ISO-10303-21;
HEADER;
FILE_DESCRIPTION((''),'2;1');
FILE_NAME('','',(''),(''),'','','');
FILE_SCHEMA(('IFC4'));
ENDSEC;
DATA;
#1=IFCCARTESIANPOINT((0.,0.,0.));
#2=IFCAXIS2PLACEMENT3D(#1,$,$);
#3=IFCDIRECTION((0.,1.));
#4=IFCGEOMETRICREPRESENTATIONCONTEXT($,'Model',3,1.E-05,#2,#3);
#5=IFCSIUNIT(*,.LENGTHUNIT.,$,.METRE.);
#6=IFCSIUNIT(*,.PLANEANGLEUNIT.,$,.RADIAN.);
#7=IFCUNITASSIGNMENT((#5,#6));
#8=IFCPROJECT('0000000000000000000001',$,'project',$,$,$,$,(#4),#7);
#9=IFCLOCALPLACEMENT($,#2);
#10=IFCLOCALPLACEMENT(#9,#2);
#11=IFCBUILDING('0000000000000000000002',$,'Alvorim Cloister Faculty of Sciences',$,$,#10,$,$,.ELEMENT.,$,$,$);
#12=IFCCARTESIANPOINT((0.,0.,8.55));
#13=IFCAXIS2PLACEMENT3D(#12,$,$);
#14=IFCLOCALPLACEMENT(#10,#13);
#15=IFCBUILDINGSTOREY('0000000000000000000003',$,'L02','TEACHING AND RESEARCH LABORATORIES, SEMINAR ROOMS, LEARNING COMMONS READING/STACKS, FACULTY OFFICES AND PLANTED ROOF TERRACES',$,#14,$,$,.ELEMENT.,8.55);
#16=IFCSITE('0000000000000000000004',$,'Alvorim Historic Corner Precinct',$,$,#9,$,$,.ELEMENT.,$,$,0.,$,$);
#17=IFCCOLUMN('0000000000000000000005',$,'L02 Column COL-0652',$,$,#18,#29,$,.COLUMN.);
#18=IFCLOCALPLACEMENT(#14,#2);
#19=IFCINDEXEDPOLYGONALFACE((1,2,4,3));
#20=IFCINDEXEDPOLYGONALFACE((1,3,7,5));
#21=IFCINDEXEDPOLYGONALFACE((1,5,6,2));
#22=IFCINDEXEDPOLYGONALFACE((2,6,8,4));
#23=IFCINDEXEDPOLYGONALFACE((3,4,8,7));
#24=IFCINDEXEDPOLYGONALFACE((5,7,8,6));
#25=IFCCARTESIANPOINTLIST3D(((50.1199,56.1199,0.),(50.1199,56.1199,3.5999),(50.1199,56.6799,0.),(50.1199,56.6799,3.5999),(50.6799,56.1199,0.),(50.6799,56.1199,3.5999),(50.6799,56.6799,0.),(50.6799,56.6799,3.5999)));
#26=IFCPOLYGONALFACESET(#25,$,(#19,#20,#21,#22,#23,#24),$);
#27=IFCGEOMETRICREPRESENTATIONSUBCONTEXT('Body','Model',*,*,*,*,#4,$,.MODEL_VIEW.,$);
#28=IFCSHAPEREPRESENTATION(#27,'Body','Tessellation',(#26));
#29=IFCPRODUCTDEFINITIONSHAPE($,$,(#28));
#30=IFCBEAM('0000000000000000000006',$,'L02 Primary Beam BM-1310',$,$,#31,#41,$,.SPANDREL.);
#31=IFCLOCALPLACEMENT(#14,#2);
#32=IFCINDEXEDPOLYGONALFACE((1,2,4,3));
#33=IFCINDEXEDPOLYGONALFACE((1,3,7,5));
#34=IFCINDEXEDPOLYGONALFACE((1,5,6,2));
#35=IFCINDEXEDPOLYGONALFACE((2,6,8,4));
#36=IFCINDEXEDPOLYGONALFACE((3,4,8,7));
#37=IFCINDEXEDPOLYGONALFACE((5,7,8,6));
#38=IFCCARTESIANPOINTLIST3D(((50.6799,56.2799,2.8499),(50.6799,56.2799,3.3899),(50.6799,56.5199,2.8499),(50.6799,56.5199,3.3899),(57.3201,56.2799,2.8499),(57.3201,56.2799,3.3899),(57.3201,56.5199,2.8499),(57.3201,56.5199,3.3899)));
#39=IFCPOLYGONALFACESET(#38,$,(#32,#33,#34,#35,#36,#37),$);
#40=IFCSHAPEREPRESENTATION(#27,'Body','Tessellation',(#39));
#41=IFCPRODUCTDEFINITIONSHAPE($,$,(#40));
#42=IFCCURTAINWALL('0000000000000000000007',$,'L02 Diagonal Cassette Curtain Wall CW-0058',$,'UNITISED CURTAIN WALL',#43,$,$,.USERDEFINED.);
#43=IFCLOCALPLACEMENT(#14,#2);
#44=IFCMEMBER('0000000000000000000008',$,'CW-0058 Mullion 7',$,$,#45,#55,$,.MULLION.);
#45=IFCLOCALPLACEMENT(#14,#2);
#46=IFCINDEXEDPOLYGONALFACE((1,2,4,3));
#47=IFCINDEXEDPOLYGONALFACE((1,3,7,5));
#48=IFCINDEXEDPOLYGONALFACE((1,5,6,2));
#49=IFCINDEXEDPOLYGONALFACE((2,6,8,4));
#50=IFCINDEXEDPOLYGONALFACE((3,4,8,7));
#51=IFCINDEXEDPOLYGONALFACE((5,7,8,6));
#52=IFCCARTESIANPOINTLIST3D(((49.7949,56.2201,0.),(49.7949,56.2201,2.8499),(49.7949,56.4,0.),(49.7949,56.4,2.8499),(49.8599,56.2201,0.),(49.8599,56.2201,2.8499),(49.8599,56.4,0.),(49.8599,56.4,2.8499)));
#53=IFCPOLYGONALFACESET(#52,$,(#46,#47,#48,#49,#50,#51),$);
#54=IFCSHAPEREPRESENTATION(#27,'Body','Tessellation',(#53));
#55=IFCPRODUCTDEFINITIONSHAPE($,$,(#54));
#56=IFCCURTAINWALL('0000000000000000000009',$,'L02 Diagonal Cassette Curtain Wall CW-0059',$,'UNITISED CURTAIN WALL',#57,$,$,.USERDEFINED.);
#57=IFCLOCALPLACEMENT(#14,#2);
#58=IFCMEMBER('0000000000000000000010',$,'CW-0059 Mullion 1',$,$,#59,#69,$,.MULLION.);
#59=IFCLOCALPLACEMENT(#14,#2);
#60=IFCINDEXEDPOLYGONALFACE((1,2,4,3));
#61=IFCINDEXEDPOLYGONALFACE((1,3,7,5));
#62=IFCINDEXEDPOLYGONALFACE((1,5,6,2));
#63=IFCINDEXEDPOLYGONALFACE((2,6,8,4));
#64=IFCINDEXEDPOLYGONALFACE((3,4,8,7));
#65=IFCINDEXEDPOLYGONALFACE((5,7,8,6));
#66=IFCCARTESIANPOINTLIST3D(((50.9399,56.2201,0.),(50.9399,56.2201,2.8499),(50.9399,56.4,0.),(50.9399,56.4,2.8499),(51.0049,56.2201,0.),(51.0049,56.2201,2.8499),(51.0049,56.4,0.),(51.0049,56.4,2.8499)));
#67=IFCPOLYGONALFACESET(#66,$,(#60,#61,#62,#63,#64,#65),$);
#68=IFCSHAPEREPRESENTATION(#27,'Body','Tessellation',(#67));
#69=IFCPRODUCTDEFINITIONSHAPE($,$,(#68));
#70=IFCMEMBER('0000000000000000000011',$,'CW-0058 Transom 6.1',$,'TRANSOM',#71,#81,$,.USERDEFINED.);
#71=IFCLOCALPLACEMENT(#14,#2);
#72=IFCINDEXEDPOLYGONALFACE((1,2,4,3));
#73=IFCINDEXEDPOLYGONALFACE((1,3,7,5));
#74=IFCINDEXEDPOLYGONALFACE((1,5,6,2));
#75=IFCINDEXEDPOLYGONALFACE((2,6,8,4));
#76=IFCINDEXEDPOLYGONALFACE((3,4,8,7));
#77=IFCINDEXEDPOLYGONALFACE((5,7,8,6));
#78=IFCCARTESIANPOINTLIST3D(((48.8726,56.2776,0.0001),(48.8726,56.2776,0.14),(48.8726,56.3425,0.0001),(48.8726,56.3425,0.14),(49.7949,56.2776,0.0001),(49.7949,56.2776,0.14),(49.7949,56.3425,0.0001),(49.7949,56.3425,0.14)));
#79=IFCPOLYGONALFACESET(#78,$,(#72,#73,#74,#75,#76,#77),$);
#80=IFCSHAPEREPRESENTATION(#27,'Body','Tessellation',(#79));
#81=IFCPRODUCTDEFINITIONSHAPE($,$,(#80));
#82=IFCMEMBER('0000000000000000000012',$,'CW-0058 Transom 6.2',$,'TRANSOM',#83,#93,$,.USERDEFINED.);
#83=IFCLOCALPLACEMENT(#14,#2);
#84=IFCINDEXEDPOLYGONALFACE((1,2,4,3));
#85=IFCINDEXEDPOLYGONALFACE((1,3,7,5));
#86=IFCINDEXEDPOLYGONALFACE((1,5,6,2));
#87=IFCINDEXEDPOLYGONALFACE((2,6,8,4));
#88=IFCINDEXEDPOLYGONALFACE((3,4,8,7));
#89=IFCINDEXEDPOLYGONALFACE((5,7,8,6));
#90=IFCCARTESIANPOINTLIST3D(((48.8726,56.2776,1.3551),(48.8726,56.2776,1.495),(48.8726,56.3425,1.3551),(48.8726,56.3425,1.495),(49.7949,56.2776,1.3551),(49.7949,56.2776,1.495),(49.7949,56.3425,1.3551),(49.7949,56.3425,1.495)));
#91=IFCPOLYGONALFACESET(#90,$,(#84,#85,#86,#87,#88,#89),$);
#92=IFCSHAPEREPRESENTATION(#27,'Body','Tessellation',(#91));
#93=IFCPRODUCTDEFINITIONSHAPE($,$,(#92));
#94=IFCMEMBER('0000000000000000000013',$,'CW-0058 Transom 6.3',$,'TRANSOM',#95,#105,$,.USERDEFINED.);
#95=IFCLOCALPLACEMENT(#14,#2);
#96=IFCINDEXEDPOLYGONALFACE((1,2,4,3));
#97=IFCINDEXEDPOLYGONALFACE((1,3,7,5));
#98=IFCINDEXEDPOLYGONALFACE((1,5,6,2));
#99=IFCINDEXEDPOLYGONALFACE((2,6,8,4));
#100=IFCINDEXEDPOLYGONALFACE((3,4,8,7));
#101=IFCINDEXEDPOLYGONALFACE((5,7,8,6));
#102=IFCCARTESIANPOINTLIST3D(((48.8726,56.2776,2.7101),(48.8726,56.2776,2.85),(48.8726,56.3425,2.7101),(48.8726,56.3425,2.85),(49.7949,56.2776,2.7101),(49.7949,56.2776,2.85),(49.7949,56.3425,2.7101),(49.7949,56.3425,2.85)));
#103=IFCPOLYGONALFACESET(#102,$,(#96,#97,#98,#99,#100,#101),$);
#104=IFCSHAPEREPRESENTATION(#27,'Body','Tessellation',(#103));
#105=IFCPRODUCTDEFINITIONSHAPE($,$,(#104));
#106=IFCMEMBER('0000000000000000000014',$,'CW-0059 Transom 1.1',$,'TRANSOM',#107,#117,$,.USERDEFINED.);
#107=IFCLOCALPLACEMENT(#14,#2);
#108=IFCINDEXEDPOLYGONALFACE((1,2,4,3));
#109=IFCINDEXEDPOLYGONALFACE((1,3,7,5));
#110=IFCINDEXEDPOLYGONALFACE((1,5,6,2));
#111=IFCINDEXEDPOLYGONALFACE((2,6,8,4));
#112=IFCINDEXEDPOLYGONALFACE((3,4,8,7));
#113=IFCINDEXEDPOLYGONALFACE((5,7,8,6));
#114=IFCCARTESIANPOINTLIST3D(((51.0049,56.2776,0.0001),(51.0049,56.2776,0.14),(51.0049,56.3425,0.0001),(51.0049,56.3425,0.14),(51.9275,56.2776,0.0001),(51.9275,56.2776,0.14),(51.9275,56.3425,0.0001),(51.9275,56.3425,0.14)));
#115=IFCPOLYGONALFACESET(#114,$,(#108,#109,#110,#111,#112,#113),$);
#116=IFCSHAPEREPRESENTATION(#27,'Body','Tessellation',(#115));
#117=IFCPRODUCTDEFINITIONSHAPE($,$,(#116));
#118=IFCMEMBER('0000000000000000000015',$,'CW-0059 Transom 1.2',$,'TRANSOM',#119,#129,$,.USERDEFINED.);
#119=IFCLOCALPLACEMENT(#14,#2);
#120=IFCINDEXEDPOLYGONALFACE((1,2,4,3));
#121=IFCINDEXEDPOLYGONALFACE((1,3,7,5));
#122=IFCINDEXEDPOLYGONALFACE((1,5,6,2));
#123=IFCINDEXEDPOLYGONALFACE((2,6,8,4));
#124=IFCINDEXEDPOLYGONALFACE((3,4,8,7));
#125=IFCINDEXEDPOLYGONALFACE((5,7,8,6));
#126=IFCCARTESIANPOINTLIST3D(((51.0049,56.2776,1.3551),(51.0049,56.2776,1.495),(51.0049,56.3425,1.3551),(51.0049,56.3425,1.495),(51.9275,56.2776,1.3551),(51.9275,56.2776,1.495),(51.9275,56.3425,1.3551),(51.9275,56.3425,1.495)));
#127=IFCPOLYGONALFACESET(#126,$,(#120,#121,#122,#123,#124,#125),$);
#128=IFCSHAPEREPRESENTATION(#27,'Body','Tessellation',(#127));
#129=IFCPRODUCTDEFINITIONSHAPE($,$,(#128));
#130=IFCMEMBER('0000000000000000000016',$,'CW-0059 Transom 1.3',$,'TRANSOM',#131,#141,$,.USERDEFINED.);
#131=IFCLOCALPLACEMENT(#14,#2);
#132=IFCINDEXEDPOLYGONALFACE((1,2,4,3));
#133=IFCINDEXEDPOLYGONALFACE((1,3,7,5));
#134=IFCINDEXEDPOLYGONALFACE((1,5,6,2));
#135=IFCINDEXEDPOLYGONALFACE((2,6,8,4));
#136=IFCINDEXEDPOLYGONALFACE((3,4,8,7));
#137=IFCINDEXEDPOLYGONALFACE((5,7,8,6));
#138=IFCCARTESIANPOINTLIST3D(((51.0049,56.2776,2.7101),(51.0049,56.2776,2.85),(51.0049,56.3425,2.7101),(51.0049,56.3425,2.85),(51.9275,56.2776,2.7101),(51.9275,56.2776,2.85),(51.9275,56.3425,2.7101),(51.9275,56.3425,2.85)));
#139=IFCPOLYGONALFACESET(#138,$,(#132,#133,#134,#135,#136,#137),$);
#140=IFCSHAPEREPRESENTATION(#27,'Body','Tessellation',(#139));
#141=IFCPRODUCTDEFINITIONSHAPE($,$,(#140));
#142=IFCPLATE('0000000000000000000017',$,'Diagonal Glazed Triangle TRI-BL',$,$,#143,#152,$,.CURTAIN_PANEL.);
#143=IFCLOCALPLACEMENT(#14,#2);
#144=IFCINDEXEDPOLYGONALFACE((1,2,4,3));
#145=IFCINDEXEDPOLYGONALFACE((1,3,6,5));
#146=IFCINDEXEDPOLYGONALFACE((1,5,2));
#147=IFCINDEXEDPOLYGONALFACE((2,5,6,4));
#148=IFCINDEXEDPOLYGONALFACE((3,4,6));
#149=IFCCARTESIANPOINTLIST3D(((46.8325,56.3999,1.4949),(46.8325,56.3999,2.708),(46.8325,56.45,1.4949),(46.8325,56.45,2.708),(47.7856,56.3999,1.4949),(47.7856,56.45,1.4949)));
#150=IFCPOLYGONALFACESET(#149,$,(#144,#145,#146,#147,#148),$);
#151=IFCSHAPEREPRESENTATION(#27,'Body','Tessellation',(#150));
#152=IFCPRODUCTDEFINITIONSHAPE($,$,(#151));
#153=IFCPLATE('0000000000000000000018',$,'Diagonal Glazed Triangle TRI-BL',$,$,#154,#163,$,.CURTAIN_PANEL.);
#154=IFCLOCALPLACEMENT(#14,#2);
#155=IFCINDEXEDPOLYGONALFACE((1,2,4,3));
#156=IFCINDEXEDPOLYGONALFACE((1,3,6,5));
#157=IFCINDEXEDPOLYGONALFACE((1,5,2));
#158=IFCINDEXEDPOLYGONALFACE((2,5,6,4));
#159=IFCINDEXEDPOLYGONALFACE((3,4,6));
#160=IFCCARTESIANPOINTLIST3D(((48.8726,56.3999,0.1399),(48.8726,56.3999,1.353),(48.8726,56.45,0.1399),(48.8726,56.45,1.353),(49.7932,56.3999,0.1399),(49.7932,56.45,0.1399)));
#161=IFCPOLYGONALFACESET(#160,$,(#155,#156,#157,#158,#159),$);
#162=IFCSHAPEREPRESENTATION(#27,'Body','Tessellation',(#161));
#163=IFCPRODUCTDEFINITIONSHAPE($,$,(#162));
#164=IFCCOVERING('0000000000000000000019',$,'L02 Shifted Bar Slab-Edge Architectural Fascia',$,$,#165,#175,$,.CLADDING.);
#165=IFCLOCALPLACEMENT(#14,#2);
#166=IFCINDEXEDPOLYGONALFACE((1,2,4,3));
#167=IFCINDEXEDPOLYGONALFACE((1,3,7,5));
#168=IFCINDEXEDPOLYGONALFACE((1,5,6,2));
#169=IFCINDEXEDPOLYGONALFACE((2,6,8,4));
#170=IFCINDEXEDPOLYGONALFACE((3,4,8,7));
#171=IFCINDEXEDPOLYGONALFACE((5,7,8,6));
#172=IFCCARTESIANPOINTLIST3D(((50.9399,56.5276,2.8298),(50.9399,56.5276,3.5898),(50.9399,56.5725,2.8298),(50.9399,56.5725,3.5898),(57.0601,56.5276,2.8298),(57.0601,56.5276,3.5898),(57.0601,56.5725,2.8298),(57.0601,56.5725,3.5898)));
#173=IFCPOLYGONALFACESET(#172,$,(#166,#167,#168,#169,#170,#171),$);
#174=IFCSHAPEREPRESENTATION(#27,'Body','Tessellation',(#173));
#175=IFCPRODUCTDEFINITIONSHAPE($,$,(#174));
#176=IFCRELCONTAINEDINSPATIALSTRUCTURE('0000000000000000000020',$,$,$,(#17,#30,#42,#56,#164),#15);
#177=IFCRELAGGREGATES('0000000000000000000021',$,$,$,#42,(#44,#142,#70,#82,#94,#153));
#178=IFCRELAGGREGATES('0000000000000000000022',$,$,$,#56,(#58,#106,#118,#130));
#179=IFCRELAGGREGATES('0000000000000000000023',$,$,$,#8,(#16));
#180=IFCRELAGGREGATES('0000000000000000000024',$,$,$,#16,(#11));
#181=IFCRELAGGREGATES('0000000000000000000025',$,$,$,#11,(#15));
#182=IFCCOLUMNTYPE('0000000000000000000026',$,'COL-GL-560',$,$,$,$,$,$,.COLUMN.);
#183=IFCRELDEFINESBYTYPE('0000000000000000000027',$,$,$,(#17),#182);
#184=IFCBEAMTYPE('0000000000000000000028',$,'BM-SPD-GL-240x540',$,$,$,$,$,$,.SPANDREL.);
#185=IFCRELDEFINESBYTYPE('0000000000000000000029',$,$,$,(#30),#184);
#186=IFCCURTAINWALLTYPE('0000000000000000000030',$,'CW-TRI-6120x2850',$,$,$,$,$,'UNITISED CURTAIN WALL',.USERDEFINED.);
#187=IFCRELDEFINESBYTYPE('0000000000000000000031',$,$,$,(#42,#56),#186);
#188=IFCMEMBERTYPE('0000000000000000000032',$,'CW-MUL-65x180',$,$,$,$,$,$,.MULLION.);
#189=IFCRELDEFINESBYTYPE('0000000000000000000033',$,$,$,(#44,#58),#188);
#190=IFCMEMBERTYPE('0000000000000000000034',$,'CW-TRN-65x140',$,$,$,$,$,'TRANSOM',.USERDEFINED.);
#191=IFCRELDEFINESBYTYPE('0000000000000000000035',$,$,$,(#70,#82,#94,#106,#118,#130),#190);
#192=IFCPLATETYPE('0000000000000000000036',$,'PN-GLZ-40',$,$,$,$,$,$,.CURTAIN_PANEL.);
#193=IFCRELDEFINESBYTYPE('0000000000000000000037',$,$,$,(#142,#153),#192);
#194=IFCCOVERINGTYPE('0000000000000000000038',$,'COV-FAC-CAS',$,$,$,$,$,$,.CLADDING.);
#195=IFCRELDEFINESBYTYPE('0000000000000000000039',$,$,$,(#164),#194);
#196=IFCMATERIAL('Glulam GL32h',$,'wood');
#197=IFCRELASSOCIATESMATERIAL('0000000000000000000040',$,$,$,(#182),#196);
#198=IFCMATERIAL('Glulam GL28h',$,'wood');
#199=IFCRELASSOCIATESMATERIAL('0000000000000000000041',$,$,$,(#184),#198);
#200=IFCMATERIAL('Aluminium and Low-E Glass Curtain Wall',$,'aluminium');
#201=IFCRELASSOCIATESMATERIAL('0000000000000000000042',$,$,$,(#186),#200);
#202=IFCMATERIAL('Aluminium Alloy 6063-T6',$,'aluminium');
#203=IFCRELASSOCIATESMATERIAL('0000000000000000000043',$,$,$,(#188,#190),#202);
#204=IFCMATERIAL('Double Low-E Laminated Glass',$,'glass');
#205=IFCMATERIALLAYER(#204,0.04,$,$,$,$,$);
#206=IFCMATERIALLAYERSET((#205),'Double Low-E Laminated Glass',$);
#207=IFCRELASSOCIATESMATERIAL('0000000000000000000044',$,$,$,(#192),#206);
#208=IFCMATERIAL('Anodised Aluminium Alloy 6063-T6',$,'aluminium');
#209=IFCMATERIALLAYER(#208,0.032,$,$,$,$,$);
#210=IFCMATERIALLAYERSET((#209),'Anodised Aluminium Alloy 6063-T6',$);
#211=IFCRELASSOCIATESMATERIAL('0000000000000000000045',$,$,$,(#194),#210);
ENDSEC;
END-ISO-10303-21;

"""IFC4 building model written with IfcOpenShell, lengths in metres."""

from ifc_helpers import new_model, si_unit, direction, frame, origin, origin_2d, place, context, subcontext, project, spatial, polyline, rectangle, outline, extrude, material, layer, layer_set, material_profile, profile_set, type_object, element, aggregate, save


model = new_model("IFC4")

# Units and contexts
model_context = context("Model", 3, precision=1e-05, world=origin(), true_north=direction((0.0, 1.0)))
body_context = subcontext(model_context, "Body", "Model", "MODEL_VIEW")
ifc_project = project(units=[si_unit("LENGTHUNIT", "METRE"), si_unit("PLANEANGLEUNIT", "RADIAN")], contexts=[model_context])

# Site, building, storey
site_placement = place(None, origin())
site = spatial("IfcSite", under=ifc_project, at=site_placement, Name="Alvorim Historic Corner Precinct", CompositionType="ELEMENT", RefElevation=0.0)
building_placement = place(site_placement, origin())
building = spatial("IfcBuilding", under=site, at=building_placement, Name="Alvorim Cloister Faculty of Sciences", CompositionType="ELEMENT")
storey_placement = place(building_placement, frame((0.0, 0.0, 8.55)))
storey = spatial("IfcBuildingStorey", under=building, at=storey_placement, Name="L02", Description="TEACHING AND RESEARCH LABORATORIES, SEMINAR ROOMS, LEARNING COMMONS READING/STACKS, FACULTY OFFICES AND PLANTED ROOF TERRACES", CompositionType="ELEMENT", Elevation=8.55)

# Column
ifc_material_1 = material(Name="Glulam GL32h", Category="wood")
ifc_material_profile_1 = material_profile(ifc_material_1, rectangle(XDim=0.5601, YDim=0.5601, at=origin_2d()), Name="GL32-COL-560x560")
ifc_profile_set_1 = profile_set([ifc_material_profile_1], Name="Glulam GL32h")
column_type = type_object("IfcColumnType", Name="COL-GL-560", PredefinedType="COLUMN", material=ifc_profile_set_1)
column_placement = place(storey_placement, frame((50.3999, 56.3999, 0.0), z_axis=(0.0, 0.0, 1.0), x_axis=(1.0, 0.0, 0.0)))
element("IfcColumn", 1, at=column_placement, inside=storey, type_object=column_type, Name="L02 Column COL-0652", PredefinedType="COLUMN", context=body_context, shape_type="SweptSolid", body=[
    extrude(rectangle(XDim=0.5601, YDim=0.5601, at=origin_2d()), origin(), (0.0, 0.0, 1.0), 3.5999),
])

# Beam
ifc_material_2 = material(Name="Glulam GL28h", Category="wood")
ifc_material_profile_2 = material_profile(ifc_material_2, rectangle(XDim=0.24, YDim=0.54, at=origin_2d()), Name="GL28-SPD-240x540")
ifc_profile_set_2 = profile_set([ifc_material_profile_2], Name="Glulam GL28h")
beam_type = type_object("IfcBeamType", Name="BM-SPD-GL-240x540", PredefinedType="SPANDREL", material=ifc_profile_set_2)
beam_placement = place(storey_placement, frame((50.6799, 56.3999, 3.1199), z_axis=(1.0, 0.0, 0.0), x_axis=(0.0, 1.0, 0.0)))
element("IfcBeam", 2, at=beam_placement, inside=storey, type_object=beam_type, Name="L02 Primary Beam BM-1310", PredefinedType="SPANDREL", context=body_context, shape_type="SweptSolid", body=[
    extrude(rectangle(XDim=0.24, YDim=0.54, at=origin_2d()), origin(), (0.0, 0.0, 1.0), 6.6401),
])

# Curtain walls, members
ifc_material_3 = material(Name="Aluminium and Low-E Glass Curtain Wall", Category="aluminium")
curtain_wall_type = type_object("IfcCurtainWallType", Name="CW-TRI-6120x2850", ElementType="UNITISED CURTAIN WALL", PredefinedType="USERDEFINED", material=ifc_material_3)
curtain_wall_1_placement = place(storey_placement, origin())
curtain_wall_1 = element("IfcCurtainWall", 3, at=curtain_wall_1_placement, inside=storey, type_object=curtain_wall_type, Name="L02 Diagonal Cassette Curtain Wall CW-0058", ObjectType="UNITISED CURTAIN WALL", PredefinedType="USERDEFINED")
ifc_material_4 = material(Name="Aluminium Alloy 6063-T6", Category="aluminium")
ifc_material_profile_3 = material_profile(ifc_material_4, rectangle(XDim=0.0649, YDim=0.1799, at=origin_2d()), Name="ALU-MUL-65x180")
ifc_profile_set_3 = profile_set([ifc_material_profile_3], Name="Aluminium Alloy 6063-T6")
member_type_1 = type_object("IfcMemberType", Name="CW-MUL-65x180", PredefinedType="MULLION", material=ifc_profile_set_3)
member_1_placement = place(storey_placement, frame((49.8274, 56.3101, 0.0), z_axis=(0.0, 0.0, 1.0), x_axis=(1.0, 0.0, 0.0)))
member_1 = element("IfcMember", 4, at=member_1_placement, type_object=member_type_1, Name="CW-0058 Mullion 7", PredefinedType="MULLION", context=body_context, shape_type="SweptSolid", body=[
    extrude(rectangle(XDim=0.0649, YDim=0.1799, at=origin_2d()), origin(), (0.0, 0.0, 1.0), 2.8499),
])
curtain_wall_2_placement = place(storey_placement, origin())
curtain_wall_2 = element("IfcCurtainWall", 5, at=curtain_wall_2_placement, inside=storey, type_object=curtain_wall_type, Name="L02 Diagonal Cassette Curtain Wall CW-0059", ObjectType="UNITISED CURTAIN WALL", PredefinedType="USERDEFINED")
member_2_placement = place(storey_placement, frame((50.9724, 56.3101, 0.0), z_axis=(0.0, 0.0, 1.0), x_axis=(1.0, 0.0, 0.0)))
member_2 = element("IfcMember", 6, at=member_2_placement, type_object=member_type_1, Name="CW-0059 Mullion 1", PredefinedType="MULLION", context=body_context, shape_type="SweptSolid", body=[
    extrude(rectangle(XDim=0.0649, YDim=0.1799, at=origin_2d()), origin(), (0.0, 0.0, 1.0), 2.8499),
])

# Members
ifc_material_profile_4 = material_profile(ifc_material_4, rectangle(XDim=0.0649, YDim=0.1399, at=origin_2d()), Name="ALU-TRN-65x140")
ifc_profile_set_4 = profile_set([ifc_material_profile_4], Name="Aluminium Alloy 6063-T6")
member_type_2 = type_object("IfcMemberType", Name="CW-TRN-65x140", ElementType="TRANSOM", PredefinedType="USERDEFINED", material=ifc_profile_set_4)
member_3_placement = place(storey_placement, frame((48.8726, 56.3101, 0.0701), z_axis=(1.0, 0.0, 0.0), x_axis=(0.0, 1.0, 0.0)))
member_3 = element("IfcMember", 7, at=member_3_placement, type_object=member_type_2, Name="CW-0058 Transom 6.1", ObjectType="TRANSOM", PredefinedType="USERDEFINED", context=body_context, shape_type="SweptSolid", body=[
    extrude(rectangle(XDim=0.0649, YDim=0.1399, at=origin_2d()), origin(), (0.0, 0.0, 1.0), 0.9224),
])
member_4_placement = place(storey_placement, frame((48.8726, 56.3101, 1.425), z_axis=(1.0, 0.0, 0.0), x_axis=(0.0, 1.0, 0.0)))
member_4 = element("IfcMember", 8, at=member_4_placement, type_object=member_type_2, Name="CW-0058 Transom 6.2", ObjectType="TRANSOM", PredefinedType="USERDEFINED", context=body_context, shape_type="SweptSolid", body=[
    extrude(rectangle(XDim=0.0649, YDim=0.1399, at=origin_2d()), origin(), (0.0, 0.0, 1.0), 0.9224),
])
member_5_placement = place(storey_placement, frame((48.8726, 56.3101, 2.78), z_axis=(1.0, 0.0, 0.0), x_axis=(0.0, 1.0, 0.0)))
member_5 = element("IfcMember", 9, at=member_5_placement, type_object=member_type_2, Name="CW-0058 Transom 6.3", ObjectType="TRANSOM", PredefinedType="USERDEFINED", context=body_context, shape_type="SweptSolid", body=[
    extrude(rectangle(XDim=0.0649, YDim=0.1399, at=origin_2d()), origin(), (0.0, 0.0, 1.0), 0.9224),
])
member_6_placement = place(storey_placement, frame((51.0049, 56.3101, 0.0701), z_axis=(1.0, 0.0, 0.0), x_axis=(0.0, 1.0, 0.0)))
member_6 = element("IfcMember", 10, at=member_6_placement, type_object=member_type_2, Name="CW-0059 Transom 1.1", ObjectType="TRANSOM", PredefinedType="USERDEFINED", context=body_context, shape_type="SweptSolid", body=[
    extrude(rectangle(XDim=0.0649, YDim=0.1399, at=origin_2d()), origin(), (0.0, 0.0, 1.0), 0.9226),
])
member_7_placement = place(storey_placement, frame((51.0049, 56.3101, 1.425), z_axis=(1.0, 0.0, 0.0), x_axis=(0.0, 1.0, 0.0)))
member_7 = element("IfcMember", 11, at=member_7_placement, type_object=member_type_2, Name="CW-0059 Transom 1.2", ObjectType="TRANSOM", PredefinedType="USERDEFINED", context=body_context, shape_type="SweptSolid", body=[
    extrude(rectangle(XDim=0.0649, YDim=0.1399, at=origin_2d()), origin(), (0.0, 0.0, 1.0), 0.9226),
])
member_8_placement = place(storey_placement, frame((51.0049, 56.3101, 2.78), z_axis=(1.0, 0.0, 0.0), x_axis=(0.0, 1.0, 0.0)))
member_8 = element("IfcMember", 12, at=member_8_placement, type_object=member_type_2, Name="CW-0059 Transom 1.3", ObjectType="TRANSOM", PredefinedType="USERDEFINED", context=body_context, shape_type="SweptSolid", body=[
    extrude(rectangle(XDim=0.0649, YDim=0.1399, at=origin_2d()), origin(), (0.0, 0.0, 1.0), 0.9226),
])

# Plates
ifc_material_5 = material(Name="Double Low-E Laminated Glass", Category="glass")
ifc_layer_1 = layer(ifc_material_5, 0.04)
ifc_layer_set_1 = layer_set([ifc_layer_1], Name="Double Low-E Laminated Glass")
plate_type = type_object("IfcPlateType", Name="PN-GLZ-40", PredefinedType="CURTAIN_PANEL", material=ifc_layer_set_1)
plate_1_placement = place(storey_placement, frame((46.8325, 56.425, 1.4949), z_axis=(0.0, 0.0, 1.0), x_axis=(1.0, 0.0, 0.0)))
plate_1 = element("IfcPlate", 13, at=plate_1_placement, type_object=plate_type, Name="Diagonal Glazed Triangle TRI-BL", PredefinedType="CURTAIN_PANEL", context=body_context, shape_type="SweptSolid", body=[
    extrude(outline(polyline([(0.0, 0.0), (0.9531, 0.0), (0.0, 1.2131), (0.0, 0.0)])), frame((0.0, 0.0249, 0.0), z_axis=(0.0, -1.0, 0.0), x_axis=(1.0, 0.0, 0.0)), (0.0, 0.0, 1.0), 0.05),
])
plate_2_placement = place(storey_placement, frame((48.8726, 56.425, 0.1399), z_axis=(0.0, 0.0, 1.0), x_axis=(1.0, 0.0, 0.0)))
plate_2 = element("IfcPlate", 14, at=plate_2_placement, type_object=plate_type, Name="Diagonal Glazed Triangle TRI-BL", PredefinedType="CURTAIN_PANEL", context=body_context, shape_type="SweptSolid", body=[
    extrude(outline(polyline([(0.0, 0.0), (0.9207, 0.0), (0.0, 1.2131), (0.0, 0.0)])), frame((0.0, 0.0249, 0.0), z_axis=(0.0, -1.0, 0.0), x_axis=(1.0, 0.0, 0.0)), (0.0, 0.0, 1.0), 0.05),
])
aggregate(curtain_wall_1, [member_1, plate_1, member_3, member_4, member_5, plate_2])
aggregate(curtain_wall_2, [member_2, member_6, member_7, member_8])

# Covering
ifc_material_6 = material(Name="Anodised Aluminium Alloy 6063-T6", Category="aluminium")
ifc_layer_2 = layer(ifc_material_6, 0.032)
ifc_layer_set_2 = layer_set([ifc_layer_2], Name="Anodised Aluminium Alloy 6063-T6")
covering_type = type_object("IfcCoveringType", Name="COV-FAC-CAS", PredefinedType="CLADDING", material=ifc_layer_set_2)
covering_placement = place(storey_placement, frame((50.9399, 56.55, 2.8298), z_axis=(0.0, 0.0, 1.0), x_axis=(1.0, 0.0, 0.0)))
element("IfcCovering", 15, at=covering_placement, inside=storey, type_object=covering_type, Name="L02 Shifted Bar Slab-Edge Architectural Fascia", PredefinedType="CLADDING", context=body_context, shape_type="SweptSolid", body=[
    extrude(outline(polyline([(0.0, 0.0), (6.1201, 0.0), (6.1201, 0.76), (0.0, 0.76), (0.0, 0.0)])), frame((0.0, 0.0225, 0.0), z_axis=(0.0, -1.0, 0.0), x_axis=(1.0, 0.0, 0.0)), (0.0, 0.0, 1.0), 0.0449),
])

save(model, "model.ifc")
